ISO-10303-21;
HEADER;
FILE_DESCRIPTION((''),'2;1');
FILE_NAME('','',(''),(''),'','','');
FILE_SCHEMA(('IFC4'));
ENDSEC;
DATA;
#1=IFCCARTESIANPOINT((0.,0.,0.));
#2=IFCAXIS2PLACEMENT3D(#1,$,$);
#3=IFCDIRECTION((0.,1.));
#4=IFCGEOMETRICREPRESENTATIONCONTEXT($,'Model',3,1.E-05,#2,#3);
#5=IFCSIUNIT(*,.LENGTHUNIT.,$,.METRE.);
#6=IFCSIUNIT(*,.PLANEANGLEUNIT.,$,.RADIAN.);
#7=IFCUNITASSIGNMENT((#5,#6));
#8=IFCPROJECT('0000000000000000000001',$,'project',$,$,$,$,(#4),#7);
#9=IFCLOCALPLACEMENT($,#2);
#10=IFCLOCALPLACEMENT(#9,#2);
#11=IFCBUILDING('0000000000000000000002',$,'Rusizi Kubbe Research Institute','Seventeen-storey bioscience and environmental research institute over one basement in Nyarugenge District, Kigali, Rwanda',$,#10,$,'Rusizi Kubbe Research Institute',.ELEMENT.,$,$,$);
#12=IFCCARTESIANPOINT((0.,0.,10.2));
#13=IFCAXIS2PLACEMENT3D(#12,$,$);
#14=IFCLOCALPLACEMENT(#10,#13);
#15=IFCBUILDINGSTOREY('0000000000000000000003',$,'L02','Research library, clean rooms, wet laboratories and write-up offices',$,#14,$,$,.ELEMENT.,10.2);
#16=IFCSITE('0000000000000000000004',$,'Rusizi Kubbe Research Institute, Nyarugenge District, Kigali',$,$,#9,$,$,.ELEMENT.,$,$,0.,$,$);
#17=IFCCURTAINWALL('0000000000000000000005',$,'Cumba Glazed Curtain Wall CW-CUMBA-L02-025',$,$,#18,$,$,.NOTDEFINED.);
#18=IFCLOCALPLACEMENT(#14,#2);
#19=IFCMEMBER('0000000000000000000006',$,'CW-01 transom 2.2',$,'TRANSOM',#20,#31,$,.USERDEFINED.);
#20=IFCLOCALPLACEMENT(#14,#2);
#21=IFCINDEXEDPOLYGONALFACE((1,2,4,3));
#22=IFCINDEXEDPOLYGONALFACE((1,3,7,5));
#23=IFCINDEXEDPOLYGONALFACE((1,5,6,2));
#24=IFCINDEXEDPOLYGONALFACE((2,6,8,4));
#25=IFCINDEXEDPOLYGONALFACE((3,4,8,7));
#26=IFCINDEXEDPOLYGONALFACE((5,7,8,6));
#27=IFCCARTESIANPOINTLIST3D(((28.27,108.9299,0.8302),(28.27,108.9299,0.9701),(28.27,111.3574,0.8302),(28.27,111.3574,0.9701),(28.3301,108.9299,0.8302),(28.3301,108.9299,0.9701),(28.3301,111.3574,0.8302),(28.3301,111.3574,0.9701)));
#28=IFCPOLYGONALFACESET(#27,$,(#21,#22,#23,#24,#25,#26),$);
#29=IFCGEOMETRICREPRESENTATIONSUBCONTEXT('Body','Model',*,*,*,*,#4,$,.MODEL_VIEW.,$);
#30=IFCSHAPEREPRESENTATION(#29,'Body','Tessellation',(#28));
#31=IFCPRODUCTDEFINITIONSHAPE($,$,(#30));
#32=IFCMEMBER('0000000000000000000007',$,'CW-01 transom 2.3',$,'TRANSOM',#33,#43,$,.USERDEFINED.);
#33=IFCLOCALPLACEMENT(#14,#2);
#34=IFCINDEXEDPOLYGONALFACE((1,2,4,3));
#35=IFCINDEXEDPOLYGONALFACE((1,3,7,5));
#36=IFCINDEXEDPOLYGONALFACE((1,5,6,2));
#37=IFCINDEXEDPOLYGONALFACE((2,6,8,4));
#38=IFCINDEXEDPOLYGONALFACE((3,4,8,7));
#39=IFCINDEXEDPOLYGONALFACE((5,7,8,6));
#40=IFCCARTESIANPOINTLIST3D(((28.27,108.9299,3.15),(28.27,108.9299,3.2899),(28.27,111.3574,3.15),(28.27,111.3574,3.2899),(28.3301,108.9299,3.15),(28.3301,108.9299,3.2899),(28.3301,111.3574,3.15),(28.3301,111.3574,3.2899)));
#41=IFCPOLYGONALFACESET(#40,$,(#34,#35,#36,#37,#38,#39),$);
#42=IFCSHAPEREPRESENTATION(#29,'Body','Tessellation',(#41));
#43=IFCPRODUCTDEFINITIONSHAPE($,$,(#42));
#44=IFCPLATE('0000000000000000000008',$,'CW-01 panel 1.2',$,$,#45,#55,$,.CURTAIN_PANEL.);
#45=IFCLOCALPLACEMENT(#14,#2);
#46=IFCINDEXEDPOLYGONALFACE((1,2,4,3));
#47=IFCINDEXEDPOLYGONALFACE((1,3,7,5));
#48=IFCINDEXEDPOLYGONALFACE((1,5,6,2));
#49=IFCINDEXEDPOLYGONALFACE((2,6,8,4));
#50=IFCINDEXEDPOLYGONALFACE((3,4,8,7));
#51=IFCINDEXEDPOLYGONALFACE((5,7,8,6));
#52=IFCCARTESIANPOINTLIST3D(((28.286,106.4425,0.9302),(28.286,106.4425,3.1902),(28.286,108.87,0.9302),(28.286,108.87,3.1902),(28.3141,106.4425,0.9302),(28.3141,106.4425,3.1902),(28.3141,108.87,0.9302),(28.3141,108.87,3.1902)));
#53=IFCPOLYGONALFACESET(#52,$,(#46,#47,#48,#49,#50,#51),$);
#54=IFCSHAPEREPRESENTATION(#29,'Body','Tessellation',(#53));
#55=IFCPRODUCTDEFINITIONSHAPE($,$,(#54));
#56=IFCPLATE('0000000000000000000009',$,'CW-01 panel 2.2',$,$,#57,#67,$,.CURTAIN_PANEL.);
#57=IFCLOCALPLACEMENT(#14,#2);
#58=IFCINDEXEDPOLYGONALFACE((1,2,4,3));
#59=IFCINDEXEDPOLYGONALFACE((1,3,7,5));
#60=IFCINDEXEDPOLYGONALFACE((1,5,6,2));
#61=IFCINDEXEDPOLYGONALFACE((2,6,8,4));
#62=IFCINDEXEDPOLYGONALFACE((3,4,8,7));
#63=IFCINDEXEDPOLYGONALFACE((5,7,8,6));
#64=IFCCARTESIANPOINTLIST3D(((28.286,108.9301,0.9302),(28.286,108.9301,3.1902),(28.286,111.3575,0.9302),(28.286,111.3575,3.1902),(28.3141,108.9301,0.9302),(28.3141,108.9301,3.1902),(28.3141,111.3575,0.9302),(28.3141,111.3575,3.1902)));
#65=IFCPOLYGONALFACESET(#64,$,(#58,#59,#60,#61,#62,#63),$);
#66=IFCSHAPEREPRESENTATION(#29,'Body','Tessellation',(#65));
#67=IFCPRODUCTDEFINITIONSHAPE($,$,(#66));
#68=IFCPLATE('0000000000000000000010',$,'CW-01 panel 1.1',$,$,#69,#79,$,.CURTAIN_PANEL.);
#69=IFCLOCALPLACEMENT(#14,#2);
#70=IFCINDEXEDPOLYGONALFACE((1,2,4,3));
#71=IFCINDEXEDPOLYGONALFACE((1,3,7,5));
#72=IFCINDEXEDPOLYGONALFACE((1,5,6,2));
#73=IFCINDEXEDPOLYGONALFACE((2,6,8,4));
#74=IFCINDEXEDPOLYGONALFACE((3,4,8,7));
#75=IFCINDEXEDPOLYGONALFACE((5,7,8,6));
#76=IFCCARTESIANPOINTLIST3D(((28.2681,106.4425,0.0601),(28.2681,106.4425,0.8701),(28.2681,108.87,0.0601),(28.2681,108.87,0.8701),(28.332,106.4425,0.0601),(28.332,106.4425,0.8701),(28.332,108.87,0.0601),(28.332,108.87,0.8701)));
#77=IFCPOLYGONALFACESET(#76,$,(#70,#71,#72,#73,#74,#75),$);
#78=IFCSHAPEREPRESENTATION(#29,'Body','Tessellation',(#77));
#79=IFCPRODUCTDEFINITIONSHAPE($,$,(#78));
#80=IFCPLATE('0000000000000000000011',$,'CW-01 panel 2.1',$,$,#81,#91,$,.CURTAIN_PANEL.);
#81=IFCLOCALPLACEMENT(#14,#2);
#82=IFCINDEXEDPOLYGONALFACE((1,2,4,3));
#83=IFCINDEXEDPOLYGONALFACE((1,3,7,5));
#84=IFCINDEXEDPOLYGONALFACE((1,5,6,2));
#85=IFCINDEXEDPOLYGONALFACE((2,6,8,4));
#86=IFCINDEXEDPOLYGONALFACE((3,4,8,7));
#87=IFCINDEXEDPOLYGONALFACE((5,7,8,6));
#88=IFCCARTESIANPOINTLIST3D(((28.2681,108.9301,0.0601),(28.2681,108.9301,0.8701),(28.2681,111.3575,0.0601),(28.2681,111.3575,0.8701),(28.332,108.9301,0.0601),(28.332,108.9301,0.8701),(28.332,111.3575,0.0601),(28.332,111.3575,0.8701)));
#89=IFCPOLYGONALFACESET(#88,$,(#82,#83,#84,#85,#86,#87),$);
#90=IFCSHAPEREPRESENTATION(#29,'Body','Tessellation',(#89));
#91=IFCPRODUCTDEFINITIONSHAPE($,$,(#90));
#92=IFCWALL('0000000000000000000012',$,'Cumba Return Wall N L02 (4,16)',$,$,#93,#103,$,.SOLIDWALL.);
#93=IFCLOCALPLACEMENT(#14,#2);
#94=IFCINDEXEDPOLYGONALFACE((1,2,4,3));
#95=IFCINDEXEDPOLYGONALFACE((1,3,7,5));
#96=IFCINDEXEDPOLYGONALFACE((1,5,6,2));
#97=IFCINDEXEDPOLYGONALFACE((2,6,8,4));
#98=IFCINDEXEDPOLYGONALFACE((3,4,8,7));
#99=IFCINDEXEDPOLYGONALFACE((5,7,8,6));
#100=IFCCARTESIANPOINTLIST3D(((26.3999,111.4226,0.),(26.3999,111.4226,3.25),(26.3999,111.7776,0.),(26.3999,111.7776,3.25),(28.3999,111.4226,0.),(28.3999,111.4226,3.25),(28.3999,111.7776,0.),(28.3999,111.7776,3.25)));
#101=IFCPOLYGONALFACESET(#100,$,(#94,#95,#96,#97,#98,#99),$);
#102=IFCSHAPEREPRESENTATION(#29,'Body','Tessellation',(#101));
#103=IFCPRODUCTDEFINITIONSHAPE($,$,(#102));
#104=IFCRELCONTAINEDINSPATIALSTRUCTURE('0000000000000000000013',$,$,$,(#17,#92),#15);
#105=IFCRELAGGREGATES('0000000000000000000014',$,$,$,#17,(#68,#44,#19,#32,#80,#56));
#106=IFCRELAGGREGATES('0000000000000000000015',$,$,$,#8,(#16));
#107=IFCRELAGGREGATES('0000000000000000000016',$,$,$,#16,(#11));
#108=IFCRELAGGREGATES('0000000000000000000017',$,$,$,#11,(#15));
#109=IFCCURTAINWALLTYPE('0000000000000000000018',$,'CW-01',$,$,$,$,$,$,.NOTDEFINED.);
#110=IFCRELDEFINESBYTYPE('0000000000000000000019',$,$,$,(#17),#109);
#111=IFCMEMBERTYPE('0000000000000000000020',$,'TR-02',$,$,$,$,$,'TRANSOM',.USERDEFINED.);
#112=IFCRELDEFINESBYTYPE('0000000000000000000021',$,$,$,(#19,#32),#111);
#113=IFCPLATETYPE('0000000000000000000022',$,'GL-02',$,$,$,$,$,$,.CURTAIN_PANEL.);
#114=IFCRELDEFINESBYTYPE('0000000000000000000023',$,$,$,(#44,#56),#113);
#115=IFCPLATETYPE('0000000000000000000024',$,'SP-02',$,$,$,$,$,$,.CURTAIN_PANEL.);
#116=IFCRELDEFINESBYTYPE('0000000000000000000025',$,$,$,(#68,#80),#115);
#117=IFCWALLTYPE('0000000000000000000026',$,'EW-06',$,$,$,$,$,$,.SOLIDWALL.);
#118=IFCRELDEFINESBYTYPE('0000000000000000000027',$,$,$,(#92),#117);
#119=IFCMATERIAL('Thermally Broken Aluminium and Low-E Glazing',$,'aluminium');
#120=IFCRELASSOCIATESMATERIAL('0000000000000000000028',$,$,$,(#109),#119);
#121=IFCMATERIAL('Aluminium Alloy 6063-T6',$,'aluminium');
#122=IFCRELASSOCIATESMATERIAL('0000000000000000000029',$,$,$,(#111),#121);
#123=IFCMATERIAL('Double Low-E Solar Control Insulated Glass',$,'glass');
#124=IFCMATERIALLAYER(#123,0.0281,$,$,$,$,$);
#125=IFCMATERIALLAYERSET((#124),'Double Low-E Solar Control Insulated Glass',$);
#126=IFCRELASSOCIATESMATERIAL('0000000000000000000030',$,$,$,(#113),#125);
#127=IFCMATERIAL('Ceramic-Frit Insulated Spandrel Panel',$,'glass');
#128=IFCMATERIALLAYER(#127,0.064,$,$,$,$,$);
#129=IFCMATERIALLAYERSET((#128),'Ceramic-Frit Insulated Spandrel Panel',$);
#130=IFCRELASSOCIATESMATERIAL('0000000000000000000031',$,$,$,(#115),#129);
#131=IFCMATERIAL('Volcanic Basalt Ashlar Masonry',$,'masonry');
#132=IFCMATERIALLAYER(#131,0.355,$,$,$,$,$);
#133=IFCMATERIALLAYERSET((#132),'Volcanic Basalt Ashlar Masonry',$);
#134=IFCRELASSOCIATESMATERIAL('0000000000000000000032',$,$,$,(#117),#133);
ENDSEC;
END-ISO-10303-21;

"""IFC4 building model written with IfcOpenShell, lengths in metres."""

from ifc_helpers import new_model, si_unit, direction, frame, frame_2d, origin, origin_2d, place, context, subcontext, project, spatial, rectangle, extrude, material, layer, layer_set, material_profile, profile_set, type_object, element, aggregate, save


model = new_model("IFC4")

# Units and contexts
model_context = context("Model", 3, precision=1e-05, world=origin(), true_north=direction((0.0, 1.0)))
body_context = subcontext(model_context, "Body", "Model", "MODEL_VIEW")
ifc_project = project(units=[si_unit("LENGTHUNIT", "METRE"), si_unit("PLANEANGLEUNIT", "RADIAN")], contexts=[model_context])

# Site, building, storey
site_placement = place(None, origin())
site = spatial("IfcSite", under=ifc_project, at=site_placement, Name="Rusizi Kubbe Research Institute, Nyarugenge District, Kigali", CompositionType="ELEMENT", RefElevation=0.0)
building_placement = place(site_placement, origin())
building = spatial("IfcBuilding", under=site, at=building_placement, Name="Rusizi Kubbe Research Institute", Description="Seventeen-storey bioscience and environmental research institute over one basement in Nyarugenge District, Kigali, Rwanda", LongName="Rusizi Kubbe Research Institute", CompositionType="ELEMENT")
storey_placement = place(building_placement, frame((0.0, 0.0, 10.2)))
storey = spatial("IfcBuildingStorey", under=building, at=storey_placement, Name="L02", Description="Research library, clean rooms, wet laboratories and write-up offices", CompositionType="ELEMENT", Elevation=10.2)

# Curtain wall, members, plates
ifc_material_1 = material(Name="Thermally Broken Aluminium and Low-E Glazing", Category="aluminium")
curtain_wall_type = type_object("IfcCurtainWallType", Name="CW-01", PredefinedType="NOTDEFINED", material=ifc_material_1)
curtain_wall_placement = place(storey_placement, origin())
curtain_wall = element("IfcCurtainWall", 1, at=curtain_wall_placement, inside=storey, type_object=curtain_wall_type, Name="Cumba Glazed Curtain Wall CW-CUMBA-L02-025", PredefinedType="NOTDEFINED")
ifc_material_2 = material(Name="Aluminium Alloy 6063-T6", Category="aluminium")
ifc_material_profile_1 = material_profile(ifc_material_2, rectangle(XDim=0.0601, YDim=0.1399, at=origin_2d()), Name="ALU-T 60x140")
ifc_profile_set_1 = profile_set([ifc_material_profile_1], Name="Aluminium Alloy 6063-T6")
member_type_1 = type_object("IfcMemberType", Name="TR-02", ElementType="TRANSOM", PredefinedType="USERDEFINED", material=ifc_profile_set_1)
member_1_placement = place(storey_placement, frame((28.3, 108.9299, 0.9001), z_axis=(0.0, 1.0, 0.0), x_axis=(-1.0, 0.0, 0.0)))
member_1 = element("IfcMember", 2, at=member_1_placement, type_object=member_type_1, Name="CW-01 transom 2.2", ObjectType="TRANSOM", PredefinedType="USERDEFINED", context=body_context, shape_type="SweptSolid", body=[
    extrude(rectangle(XDim=0.0601, YDim=0.1399, at=origin_2d()), origin(), (0.0, 0.0, 1.0), 2.4275),
])
member_2_placement = place(storey_placement, frame((28.3, 108.9299, 3.22), z_axis=(0.0, 1.0, 0.0), x_axis=(-1.0, 0.0, 0.0)))
member_2 = element("IfcMember", 3, at=member_2_placement, type_object=member_type_1, Name="CW-01 transom 2.3", ObjectType="TRANSOM", PredefinedType="USERDEFINED", context=body_context, shape_type="SweptSolid", body=[
    extrude(rectangle(XDim=0.0601, YDim=0.1399, at=origin_2d()), origin(), (0.0, 0.0, 1.0), 2.4275),
])
ifc_material_3 = material(Name="Double Low-E Solar Control Insulated Glass", Category="glass")
ifc_layer_1 = layer(ifc_material_3, 0.0281)
ifc_layer_set_1 = layer_set([ifc_layer_1], Name="Double Low-E Solar Control Insulated Glass")
plate_type_1 = type_object("IfcPlateType", Name="GL-02", PredefinedType="CURTAIN_PANEL", material=ifc_layer_set_1)
plate_1_placement = place(storey_placement, frame((28.3, 107.6562, 0.9302), z_axis=(0.0, 0.0, 1.0), x_axis=(0.0, 1.0, 0.0)))
plate_1 = element("IfcPlate", 4, at=plate_1_placement, type_object=plate_type_1, Name="CW-01 panel 1.2", PredefinedType="CURTAIN_PANEL", context=body_context, shape_type="SweptSolid", body=[
    extrude(rectangle(XDim=2.4275, YDim=0.0281, at=origin_2d()), origin(), (0.0, 0.0, 1.0), 2.26),
])
plate_2_placement = place(storey_placement, frame((28.3, 110.1438, 0.9302), z_axis=(0.0, 0.0, 1.0), x_axis=(0.0, 1.0, 0.0)))
plate_2 = element("IfcPlate", 5, at=plate_2_placement, type_object=plate_type_1, Name="CW-01 panel 2.2", PredefinedType="CURTAIN_PANEL", context=body_context, shape_type="SweptSolid", body=[
    extrude(rectangle(XDim=2.4275, YDim=0.0281, at=origin_2d()), origin(), (0.0, 0.0, 1.0), 2.26),
])
ifc_material_4 = material(Name="Ceramic-Frit Insulated Spandrel Panel", Category="glass")
ifc_layer_2 = layer(ifc_material_4, 0.064)
ifc_layer_set_2 = layer_set([ifc_layer_2], Name="Ceramic-Frit Insulated Spandrel Panel")
plate_type_2 = type_object("IfcPlateType", Name="SP-02", PredefinedType="CURTAIN_PANEL", material=ifc_layer_set_2)
plate_3_placement = place(storey_placement, frame((28.3, 107.6562, 0.0601), z_axis=(0.0, 0.0, 1.0), x_axis=(0.0, 1.0, 0.0)))
plate_3 = element("IfcPlate", 6, at=plate_3_placement, type_object=plate_type_2, Name="CW-01 panel 1.1", PredefinedType="CURTAIN_PANEL", context=body_context, shape_type="SweptSolid", body=[
    extrude(rectangle(XDim=2.4275, YDim=0.064, at=origin_2d()), origin(), (0.0, 0.0, 1.0), 0.8101),
])
plate_4_placement = place(storey_placement, frame((28.3, 110.1438, 0.0601), z_axis=(0.0, 0.0, 1.0), x_axis=(0.0, 1.0, 0.0)))
plate_4 = element("IfcPlate", 7, at=plate_4_placement, type_object=plate_type_2, Name="CW-01 panel 2.1", PredefinedType="CURTAIN_PANEL", context=body_context, shape_type="SweptSolid", body=[
    extrude(rectangle(XDim=2.4275, YDim=0.064, at=origin_2d()), origin(), (0.0, 0.0, 1.0), 0.8101),
])
aggregate(curtain_wall, [plate_3, plate_1, member_1, member_2, plate_4, plate_2])

# Wall
ifc_material_5 = material(Name="Volcanic Basalt Ashlar Masonry", Category="masonry")
ifc_layer_3 = layer(ifc_material_5, 0.355)
ifc_layer_set_3 = layer_set([ifc_layer_3], Name="Volcanic Basalt Ashlar Masonry")
wall_type = type_object("IfcWallType", Name="EW-06", PredefinedType="SOLIDWALL", material=ifc_layer_set_3)
wall_placement = place(storey_placement, frame((26.3999, 111.6001, 0.0), z_axis=(0.0, 0.0, 1.0), x_axis=(1.0, 0.0, 0.0)))
element("IfcWall", 8, at=wall_placement, inside=storey, type_object=wall_type, Name="Cumba Return Wall N L02 (4,16)", PredefinedType="SOLIDWALL", context=body_context, shape_type="SweptSolid", body=[
    extrude(rectangle(XDim=2.0, YDim=0.355, at=frame_2d((1.0, 0.0))), origin(), (0.0, 0.0, 1.0), 3.25),
])

save(model, "model.ifc")
